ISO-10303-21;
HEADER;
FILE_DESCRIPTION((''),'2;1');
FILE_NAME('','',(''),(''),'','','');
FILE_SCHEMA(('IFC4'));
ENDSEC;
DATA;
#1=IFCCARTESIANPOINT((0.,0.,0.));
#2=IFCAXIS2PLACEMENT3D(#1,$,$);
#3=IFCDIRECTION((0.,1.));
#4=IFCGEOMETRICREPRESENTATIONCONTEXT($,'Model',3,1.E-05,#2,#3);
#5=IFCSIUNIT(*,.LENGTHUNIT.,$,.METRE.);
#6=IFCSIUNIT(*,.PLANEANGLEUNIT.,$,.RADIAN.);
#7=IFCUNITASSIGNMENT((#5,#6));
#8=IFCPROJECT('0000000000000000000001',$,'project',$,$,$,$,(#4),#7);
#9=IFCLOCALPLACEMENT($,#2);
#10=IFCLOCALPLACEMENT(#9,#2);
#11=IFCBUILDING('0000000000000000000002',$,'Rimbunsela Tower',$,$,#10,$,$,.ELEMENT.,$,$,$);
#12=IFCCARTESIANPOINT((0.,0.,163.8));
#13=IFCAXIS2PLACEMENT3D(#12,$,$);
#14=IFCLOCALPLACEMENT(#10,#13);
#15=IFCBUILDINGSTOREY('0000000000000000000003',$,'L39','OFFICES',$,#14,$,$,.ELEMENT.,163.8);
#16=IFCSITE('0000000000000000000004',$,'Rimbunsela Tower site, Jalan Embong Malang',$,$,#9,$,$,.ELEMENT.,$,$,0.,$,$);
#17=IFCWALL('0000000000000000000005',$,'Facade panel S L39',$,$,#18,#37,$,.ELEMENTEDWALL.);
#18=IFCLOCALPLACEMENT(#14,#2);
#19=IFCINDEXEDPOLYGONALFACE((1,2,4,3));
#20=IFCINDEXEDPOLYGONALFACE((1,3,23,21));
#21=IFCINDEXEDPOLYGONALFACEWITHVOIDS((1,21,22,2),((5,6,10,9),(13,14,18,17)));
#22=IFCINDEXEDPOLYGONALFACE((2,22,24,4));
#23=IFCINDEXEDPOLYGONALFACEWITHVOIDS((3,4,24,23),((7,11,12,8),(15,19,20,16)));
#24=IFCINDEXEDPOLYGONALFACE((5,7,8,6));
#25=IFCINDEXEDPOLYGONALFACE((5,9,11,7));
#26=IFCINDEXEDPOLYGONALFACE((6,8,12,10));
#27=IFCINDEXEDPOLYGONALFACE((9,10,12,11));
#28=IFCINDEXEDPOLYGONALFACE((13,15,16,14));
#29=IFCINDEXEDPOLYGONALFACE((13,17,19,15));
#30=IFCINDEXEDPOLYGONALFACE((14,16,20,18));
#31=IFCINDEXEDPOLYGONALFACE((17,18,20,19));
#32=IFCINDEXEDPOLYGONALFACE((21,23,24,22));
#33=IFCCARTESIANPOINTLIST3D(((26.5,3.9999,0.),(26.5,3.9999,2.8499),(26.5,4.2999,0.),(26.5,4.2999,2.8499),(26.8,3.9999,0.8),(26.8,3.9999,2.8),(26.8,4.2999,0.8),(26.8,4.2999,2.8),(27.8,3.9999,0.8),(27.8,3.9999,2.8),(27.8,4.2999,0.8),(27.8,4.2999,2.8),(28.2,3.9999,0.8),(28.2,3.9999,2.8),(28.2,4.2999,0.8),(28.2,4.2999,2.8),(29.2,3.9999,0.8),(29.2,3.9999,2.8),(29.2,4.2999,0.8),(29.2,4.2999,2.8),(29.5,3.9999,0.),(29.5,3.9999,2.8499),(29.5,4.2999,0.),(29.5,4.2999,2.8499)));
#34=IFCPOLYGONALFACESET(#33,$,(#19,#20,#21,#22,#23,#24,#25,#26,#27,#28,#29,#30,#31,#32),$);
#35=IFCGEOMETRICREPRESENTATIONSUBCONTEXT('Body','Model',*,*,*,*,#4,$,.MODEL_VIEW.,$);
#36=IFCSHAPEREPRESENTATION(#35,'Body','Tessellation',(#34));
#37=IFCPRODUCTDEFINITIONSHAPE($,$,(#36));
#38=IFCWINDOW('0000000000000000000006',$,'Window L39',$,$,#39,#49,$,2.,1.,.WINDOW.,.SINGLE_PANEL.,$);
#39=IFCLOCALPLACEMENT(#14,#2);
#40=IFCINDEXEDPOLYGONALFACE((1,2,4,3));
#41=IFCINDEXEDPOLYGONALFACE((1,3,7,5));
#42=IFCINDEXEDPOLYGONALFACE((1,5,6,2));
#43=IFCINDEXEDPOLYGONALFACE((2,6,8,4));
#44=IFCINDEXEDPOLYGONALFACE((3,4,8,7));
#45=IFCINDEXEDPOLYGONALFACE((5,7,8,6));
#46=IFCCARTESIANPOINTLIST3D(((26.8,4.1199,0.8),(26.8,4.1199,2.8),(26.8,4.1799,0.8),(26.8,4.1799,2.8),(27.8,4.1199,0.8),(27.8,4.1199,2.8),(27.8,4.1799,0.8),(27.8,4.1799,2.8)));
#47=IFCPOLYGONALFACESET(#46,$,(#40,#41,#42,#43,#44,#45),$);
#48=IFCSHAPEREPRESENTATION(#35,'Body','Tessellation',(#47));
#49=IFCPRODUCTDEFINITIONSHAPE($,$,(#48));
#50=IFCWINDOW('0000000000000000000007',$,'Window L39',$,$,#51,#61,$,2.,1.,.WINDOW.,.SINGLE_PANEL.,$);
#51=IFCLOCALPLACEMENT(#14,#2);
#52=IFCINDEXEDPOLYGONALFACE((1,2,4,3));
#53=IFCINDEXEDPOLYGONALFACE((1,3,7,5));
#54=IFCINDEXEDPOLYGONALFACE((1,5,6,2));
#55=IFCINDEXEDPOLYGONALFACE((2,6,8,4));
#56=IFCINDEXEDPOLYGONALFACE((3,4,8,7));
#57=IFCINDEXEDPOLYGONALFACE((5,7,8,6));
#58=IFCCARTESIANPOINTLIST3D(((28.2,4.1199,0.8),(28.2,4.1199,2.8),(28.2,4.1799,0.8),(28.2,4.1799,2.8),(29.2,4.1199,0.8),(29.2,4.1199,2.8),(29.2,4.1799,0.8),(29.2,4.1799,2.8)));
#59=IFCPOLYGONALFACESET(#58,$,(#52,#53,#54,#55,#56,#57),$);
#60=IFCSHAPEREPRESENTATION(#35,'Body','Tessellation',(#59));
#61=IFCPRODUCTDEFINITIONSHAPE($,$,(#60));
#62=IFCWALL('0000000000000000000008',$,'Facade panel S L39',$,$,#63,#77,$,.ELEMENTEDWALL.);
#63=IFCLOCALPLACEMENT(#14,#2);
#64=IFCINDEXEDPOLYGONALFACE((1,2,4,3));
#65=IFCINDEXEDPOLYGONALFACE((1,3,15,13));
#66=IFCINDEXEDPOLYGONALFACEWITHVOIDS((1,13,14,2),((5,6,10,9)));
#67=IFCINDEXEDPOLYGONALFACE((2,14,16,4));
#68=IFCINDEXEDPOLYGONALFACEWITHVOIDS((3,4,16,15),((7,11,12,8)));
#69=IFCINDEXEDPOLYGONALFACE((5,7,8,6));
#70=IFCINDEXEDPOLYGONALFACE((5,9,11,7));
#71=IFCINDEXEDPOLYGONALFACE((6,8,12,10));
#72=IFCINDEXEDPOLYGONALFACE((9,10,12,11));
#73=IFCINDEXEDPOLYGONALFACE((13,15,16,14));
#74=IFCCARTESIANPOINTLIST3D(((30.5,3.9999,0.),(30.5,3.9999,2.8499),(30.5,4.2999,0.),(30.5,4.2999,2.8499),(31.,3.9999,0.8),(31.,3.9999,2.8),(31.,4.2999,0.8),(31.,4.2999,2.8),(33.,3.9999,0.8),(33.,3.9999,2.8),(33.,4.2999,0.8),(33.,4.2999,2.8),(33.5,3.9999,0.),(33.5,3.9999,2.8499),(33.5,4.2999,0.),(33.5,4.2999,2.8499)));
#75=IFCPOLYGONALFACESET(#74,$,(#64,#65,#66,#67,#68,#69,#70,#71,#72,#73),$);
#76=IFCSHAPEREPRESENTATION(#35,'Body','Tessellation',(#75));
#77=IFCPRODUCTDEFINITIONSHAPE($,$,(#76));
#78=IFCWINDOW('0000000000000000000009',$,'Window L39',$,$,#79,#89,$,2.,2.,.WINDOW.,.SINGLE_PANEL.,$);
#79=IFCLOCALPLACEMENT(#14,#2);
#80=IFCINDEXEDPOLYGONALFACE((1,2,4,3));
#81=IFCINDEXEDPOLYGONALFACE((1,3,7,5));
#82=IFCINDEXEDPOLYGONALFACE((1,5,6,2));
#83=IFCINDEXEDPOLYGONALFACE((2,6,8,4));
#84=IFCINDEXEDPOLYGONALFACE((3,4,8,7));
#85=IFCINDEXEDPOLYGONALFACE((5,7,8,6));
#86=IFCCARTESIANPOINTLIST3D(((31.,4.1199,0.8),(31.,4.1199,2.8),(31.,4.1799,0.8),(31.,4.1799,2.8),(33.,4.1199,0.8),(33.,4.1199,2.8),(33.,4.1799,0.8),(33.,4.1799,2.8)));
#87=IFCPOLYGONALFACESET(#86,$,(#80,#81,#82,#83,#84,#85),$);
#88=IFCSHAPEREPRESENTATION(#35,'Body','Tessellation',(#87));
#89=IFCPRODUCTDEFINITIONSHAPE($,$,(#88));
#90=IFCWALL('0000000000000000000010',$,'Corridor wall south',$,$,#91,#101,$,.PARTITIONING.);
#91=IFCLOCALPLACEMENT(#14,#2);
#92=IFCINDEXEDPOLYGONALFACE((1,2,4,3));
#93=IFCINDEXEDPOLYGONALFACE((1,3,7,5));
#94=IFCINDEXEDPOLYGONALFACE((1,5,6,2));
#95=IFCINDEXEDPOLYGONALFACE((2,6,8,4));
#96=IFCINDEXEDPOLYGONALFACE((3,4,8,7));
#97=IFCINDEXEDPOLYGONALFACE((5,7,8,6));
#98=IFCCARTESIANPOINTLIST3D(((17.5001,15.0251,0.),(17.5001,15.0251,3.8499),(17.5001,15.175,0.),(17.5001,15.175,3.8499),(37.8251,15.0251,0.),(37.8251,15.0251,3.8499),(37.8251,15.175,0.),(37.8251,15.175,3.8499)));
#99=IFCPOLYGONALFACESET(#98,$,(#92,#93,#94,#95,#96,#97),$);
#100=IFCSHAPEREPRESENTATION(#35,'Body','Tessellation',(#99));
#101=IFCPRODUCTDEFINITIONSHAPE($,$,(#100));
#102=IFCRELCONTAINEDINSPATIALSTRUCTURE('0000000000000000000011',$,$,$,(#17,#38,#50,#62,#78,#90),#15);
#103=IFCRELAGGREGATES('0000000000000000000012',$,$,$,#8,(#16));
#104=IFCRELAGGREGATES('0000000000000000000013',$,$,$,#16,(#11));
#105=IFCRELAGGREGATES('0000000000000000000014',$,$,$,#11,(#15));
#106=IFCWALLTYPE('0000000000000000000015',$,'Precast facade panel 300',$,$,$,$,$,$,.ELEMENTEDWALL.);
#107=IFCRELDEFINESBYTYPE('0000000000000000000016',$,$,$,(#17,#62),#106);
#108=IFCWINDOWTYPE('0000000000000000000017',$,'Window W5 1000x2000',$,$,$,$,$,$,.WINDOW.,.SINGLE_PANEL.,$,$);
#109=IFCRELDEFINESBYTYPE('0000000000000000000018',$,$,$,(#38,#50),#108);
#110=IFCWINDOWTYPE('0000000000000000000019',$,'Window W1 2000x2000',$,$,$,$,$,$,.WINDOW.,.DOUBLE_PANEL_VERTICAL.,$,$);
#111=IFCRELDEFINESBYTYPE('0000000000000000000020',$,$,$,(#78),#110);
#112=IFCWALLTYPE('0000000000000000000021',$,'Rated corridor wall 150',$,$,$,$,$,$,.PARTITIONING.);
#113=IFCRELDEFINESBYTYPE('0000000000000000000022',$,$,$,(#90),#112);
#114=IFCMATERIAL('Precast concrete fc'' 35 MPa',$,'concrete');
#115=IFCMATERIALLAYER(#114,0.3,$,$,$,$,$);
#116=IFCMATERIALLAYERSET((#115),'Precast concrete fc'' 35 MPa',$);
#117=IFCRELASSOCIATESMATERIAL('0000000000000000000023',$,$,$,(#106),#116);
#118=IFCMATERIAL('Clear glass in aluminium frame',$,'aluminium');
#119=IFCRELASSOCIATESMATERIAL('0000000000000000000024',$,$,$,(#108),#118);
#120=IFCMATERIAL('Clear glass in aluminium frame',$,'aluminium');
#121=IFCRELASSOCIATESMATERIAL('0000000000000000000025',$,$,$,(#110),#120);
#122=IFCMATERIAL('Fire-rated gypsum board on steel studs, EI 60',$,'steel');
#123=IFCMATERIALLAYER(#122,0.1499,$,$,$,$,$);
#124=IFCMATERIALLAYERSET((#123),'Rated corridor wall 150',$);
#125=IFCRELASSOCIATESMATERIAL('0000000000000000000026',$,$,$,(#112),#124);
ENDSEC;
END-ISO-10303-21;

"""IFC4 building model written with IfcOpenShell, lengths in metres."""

from ifc_helpers import new_model, si_unit, direction, frame, frame_2d, origin, place, context, subcontext, project, spatial, rectangle, extrude, material, layer, layer_set, type_object, element, fill, save


model = new_model("IFC4")

# Units and contexts
model_context = context("Model", 3, precision=1e-05, world=origin(), true_north=direction((0.0, 1.0)))
body_context = subcontext(model_context, "Body", "Model", "MODEL_VIEW")
ifc_project = project(units=[si_unit("LENGTHUNIT", "METRE"), si_unit("PLANEANGLEUNIT", "RADIAN")], contexts=[model_context])

# Site, building, storey
site_placement = place(None, origin())
site = spatial("IfcSite", under=ifc_project, at=site_placement, Name="Rimbunsela Tower site, Jalan Embong Malang", CompositionType="ELEMENT", RefElevation=0.0)
building_placement = place(site_placement, origin())
building = spatial("IfcBuilding", under=site, at=building_placement, Name="Rimbunsela Tower", CompositionType="ELEMENT")
storey_placement = place(building_placement, frame((0.0, 0.0, 163.8)))
storey = spatial("IfcBuildingStorey", under=building, at=storey_placement, Name="L39", Description="OFFICES", CompositionType="ELEMENT", Elevation=163.8)

# Wall, openings, windows
ifc_material_1 = material(Name="Precast concrete fc' 35 MPa", Category="concrete")
ifc_layer_1 = layer(ifc_material_1, 0.3)
ifc_layer_set_1 = layer_set([ifc_layer_1], Name="Precast concrete fc' 35 MPa")
wall_type_1 = type_object("IfcWallType", Name="Precast facade panel 300", PredefinedType="ELEMENTEDWALL", material=ifc_layer_set_1)
wall_1_placement = place(storey_placement, frame((26.5, 4.1499, 0.0), z_axis=(0.0, 0.0, 1.0), x_axis=(1.0, 0.0, 0.0)))
wall_1 = element("IfcWall", 1, at=wall_1_placement, inside=storey, type_object=wall_type_1, Name="Facade panel S L39", PredefinedType="ELEMENTEDWALL", context=body_context, shape_type="SweptSolid", body=[
    extrude(rectangle(XDim=3.0, YDim=0.3, at=frame_2d((1.5, 0.0))), origin(), (0.0, 0.0, 1.0), 2.8499),
])
opening_1_placement = place(wall_1_placement, frame((0.3, 0.0, 0.8)))
opening_1 = element("IfcOpeningElement", 2, at=opening_1_placement, cuts=wall_1, PredefinedType="OPENING", context=body_context, shape_type="SweptSolid", body=[
    extrude(rectangle(XDim=1.0, YDim=2.0, at=frame_2d((0.5, 1.0))), frame((0.0, 0.1599, 0.0), z_axis=(0.0, -1.0, 0.0), x_axis=(1.0, 0.0, 0.0)), (0.0, 0.0, 1.0), 0.3201),
])
opening_2_placement = place(wall_1_placement, frame((1.7, 0.0, 0.8)))
opening_2 = element("IfcOpeningElement", 3, at=opening_2_placement, cuts=wall_1, PredefinedType="OPENING", context=body_context, shape_type="SweptSolid", body=[
    extrude(rectangle(XDim=1.0, YDim=2.0, at=frame_2d((0.5, 1.0))), frame((0.0, 0.1599, 0.0), z_axis=(0.0, -1.0, 0.0), x_axis=(1.0, 0.0, 0.0)), (0.0, 0.0, 1.0), 0.3201),
])
ifc_material_2 = material(Name="Clear glass in aluminium frame", Category="aluminium")
window_type_1 = type_object("IfcWindowType", Name="Window W5 1000x2000", PartitioningType="SINGLE_PANEL", PredefinedType="WINDOW", material=ifc_material_2)
window_1_placement = place(opening_1_placement, origin())
window_1 = element("IfcWindow", 4, at=window_1_placement, inside=storey, type_object=window_type_1, Name="Window L39", OverallHeight=2.0, OverallWidth=1.0, PartitioningType="SINGLE_PANEL", PredefinedType="WINDOW", context=body_context, shape_type="SweptSolid", body=[
    extrude(rectangle(XDim=1.0, YDim=2.0, at=frame_2d((0.5, 1.0))), frame((0.0, 0.03, 0.0), z_axis=(0.0, -1.0, 0.0), x_axis=(1.0, 0.0, 0.0)), (0.0, 0.0, 1.0), 0.0601),
])
fill(opening_1, window_1)
window_2_placement = place(opening_2_placement, origin())
window_2 = element("IfcWindow", 5, at=window_2_placement, inside=storey, type_object=window_type_1, Name="Window L39", OverallHeight=2.0, OverallWidth=1.0, PartitioningType="SINGLE_PANEL", PredefinedType="WINDOW", context=body_context, shape_type="SweptSolid", body=[
    extrude(rectangle(XDim=1.0, YDim=2.0, at=frame_2d((0.5, 1.0))), frame((0.0, 0.03, 0.0), z_axis=(0.0, -1.0, 0.0), x_axis=(1.0, 0.0, 0.0)), (0.0, 0.0, 1.0), 0.0601),
])
fill(opening_2, window_2)

# Wall, opening, window
wall_2_placement = place(storey_placement, frame((30.5, 4.1499, 0.0), z_axis=(0.0, 0.0, 1.0), x_axis=(1.0, 0.0, 0.0)))
wall_2 = element("IfcWall", 6, at=wall_2_placement, inside=storey, type_object=wall_type_1, Name="Facade panel S L39", PredefinedType="ELEMENTEDWALL", context=body_context, shape_type="SweptSolid", body=[
    extrude(rectangle(XDim=3.0, YDim=0.3, at=frame_2d((1.5, 0.0))), origin(), (0.0, 0.0, 1.0), 2.8499),
])
opening_3_placement = place(wall_2_placement, frame((0.5, 0.0, 0.8)))
opening_3 = element("IfcOpeningElement", 7, at=opening_3_placement, cuts=wall_2, PredefinedType="OPENING", context=body_context, shape_type="SweptSolid", body=[
    extrude(rectangle(XDim=2.0, YDim=2.0, at=frame_2d((1.0, 1.0))), frame((0.0, 0.1599, 0.0), z_axis=(0.0, -1.0, 0.0), x_axis=(1.0, 0.0, 0.0)), (0.0, 0.0, 1.0), 0.3201),
])
ifc_material_3 = material(Name="Clear glass in aluminium frame", Category="aluminium")
window_type_2 = type_object("IfcWindowType", Name="Window W1 2000x2000", PartitioningType="DOUBLE_PANEL_VERTICAL", PredefinedType="WINDOW", material=ifc_material_3)
window_3_placement = place(opening_3_placement, origin())
window_3 = element("IfcWindow", 8, at=window_3_placement, inside=storey, type_object=window_type_2, Name="Window L39", OverallHeight=2.0, OverallWidth=2.0, PartitioningType="SINGLE_PANEL", PredefinedType="WINDOW", context=body_context, shape_type="SweptSolid", body=[
    extrude(rectangle(XDim=2.0, YDim=2.0, at=frame_2d((1.0, 1.0))), frame((0.0, 0.03, 0.0), z_axis=(0.0, -1.0, 0.0), x_axis=(1.0, 0.0, 0.0)), (0.0, 0.0, 1.0), 0.0601),
])
fill(opening_3, window_3)

# Wall
ifc_material_4 = material(Name="Fire-rated gypsum board on steel studs, EI 60", Category="steel")
ifc_layer_2 = layer(ifc_material_4, 0.1499)
ifc_layer_set_2 = layer_set([ifc_layer_2], Name="Rated corridor wall 150")
wall_type_2 = type_object("IfcWallType", Name="Rated corridor wall 150", PredefinedType="PARTITIONING", material=ifc_layer_set_2)
wall_3_placement = place(storey_placement, frame((17.5, 15.1001, 0.0), z_axis=(0.0, 0.0, 1.0), x_axis=(1.0, 0.0, 0.0)))
element("IfcWall", 9, at=wall_3_placement, inside=storey, type_object=wall_type_2, Name="Corridor wall south", PredefinedType="PARTITIONING", context=body_context, shape_type="SweptSolid", body=[
    extrude(rectangle(XDim=20.325, YDim=0.1499, at=frame_2d((10.1626, 0.0))), origin(), (0.0, 0.0, 1.0), 3.8499),
])

save(model, "model.ifc")
